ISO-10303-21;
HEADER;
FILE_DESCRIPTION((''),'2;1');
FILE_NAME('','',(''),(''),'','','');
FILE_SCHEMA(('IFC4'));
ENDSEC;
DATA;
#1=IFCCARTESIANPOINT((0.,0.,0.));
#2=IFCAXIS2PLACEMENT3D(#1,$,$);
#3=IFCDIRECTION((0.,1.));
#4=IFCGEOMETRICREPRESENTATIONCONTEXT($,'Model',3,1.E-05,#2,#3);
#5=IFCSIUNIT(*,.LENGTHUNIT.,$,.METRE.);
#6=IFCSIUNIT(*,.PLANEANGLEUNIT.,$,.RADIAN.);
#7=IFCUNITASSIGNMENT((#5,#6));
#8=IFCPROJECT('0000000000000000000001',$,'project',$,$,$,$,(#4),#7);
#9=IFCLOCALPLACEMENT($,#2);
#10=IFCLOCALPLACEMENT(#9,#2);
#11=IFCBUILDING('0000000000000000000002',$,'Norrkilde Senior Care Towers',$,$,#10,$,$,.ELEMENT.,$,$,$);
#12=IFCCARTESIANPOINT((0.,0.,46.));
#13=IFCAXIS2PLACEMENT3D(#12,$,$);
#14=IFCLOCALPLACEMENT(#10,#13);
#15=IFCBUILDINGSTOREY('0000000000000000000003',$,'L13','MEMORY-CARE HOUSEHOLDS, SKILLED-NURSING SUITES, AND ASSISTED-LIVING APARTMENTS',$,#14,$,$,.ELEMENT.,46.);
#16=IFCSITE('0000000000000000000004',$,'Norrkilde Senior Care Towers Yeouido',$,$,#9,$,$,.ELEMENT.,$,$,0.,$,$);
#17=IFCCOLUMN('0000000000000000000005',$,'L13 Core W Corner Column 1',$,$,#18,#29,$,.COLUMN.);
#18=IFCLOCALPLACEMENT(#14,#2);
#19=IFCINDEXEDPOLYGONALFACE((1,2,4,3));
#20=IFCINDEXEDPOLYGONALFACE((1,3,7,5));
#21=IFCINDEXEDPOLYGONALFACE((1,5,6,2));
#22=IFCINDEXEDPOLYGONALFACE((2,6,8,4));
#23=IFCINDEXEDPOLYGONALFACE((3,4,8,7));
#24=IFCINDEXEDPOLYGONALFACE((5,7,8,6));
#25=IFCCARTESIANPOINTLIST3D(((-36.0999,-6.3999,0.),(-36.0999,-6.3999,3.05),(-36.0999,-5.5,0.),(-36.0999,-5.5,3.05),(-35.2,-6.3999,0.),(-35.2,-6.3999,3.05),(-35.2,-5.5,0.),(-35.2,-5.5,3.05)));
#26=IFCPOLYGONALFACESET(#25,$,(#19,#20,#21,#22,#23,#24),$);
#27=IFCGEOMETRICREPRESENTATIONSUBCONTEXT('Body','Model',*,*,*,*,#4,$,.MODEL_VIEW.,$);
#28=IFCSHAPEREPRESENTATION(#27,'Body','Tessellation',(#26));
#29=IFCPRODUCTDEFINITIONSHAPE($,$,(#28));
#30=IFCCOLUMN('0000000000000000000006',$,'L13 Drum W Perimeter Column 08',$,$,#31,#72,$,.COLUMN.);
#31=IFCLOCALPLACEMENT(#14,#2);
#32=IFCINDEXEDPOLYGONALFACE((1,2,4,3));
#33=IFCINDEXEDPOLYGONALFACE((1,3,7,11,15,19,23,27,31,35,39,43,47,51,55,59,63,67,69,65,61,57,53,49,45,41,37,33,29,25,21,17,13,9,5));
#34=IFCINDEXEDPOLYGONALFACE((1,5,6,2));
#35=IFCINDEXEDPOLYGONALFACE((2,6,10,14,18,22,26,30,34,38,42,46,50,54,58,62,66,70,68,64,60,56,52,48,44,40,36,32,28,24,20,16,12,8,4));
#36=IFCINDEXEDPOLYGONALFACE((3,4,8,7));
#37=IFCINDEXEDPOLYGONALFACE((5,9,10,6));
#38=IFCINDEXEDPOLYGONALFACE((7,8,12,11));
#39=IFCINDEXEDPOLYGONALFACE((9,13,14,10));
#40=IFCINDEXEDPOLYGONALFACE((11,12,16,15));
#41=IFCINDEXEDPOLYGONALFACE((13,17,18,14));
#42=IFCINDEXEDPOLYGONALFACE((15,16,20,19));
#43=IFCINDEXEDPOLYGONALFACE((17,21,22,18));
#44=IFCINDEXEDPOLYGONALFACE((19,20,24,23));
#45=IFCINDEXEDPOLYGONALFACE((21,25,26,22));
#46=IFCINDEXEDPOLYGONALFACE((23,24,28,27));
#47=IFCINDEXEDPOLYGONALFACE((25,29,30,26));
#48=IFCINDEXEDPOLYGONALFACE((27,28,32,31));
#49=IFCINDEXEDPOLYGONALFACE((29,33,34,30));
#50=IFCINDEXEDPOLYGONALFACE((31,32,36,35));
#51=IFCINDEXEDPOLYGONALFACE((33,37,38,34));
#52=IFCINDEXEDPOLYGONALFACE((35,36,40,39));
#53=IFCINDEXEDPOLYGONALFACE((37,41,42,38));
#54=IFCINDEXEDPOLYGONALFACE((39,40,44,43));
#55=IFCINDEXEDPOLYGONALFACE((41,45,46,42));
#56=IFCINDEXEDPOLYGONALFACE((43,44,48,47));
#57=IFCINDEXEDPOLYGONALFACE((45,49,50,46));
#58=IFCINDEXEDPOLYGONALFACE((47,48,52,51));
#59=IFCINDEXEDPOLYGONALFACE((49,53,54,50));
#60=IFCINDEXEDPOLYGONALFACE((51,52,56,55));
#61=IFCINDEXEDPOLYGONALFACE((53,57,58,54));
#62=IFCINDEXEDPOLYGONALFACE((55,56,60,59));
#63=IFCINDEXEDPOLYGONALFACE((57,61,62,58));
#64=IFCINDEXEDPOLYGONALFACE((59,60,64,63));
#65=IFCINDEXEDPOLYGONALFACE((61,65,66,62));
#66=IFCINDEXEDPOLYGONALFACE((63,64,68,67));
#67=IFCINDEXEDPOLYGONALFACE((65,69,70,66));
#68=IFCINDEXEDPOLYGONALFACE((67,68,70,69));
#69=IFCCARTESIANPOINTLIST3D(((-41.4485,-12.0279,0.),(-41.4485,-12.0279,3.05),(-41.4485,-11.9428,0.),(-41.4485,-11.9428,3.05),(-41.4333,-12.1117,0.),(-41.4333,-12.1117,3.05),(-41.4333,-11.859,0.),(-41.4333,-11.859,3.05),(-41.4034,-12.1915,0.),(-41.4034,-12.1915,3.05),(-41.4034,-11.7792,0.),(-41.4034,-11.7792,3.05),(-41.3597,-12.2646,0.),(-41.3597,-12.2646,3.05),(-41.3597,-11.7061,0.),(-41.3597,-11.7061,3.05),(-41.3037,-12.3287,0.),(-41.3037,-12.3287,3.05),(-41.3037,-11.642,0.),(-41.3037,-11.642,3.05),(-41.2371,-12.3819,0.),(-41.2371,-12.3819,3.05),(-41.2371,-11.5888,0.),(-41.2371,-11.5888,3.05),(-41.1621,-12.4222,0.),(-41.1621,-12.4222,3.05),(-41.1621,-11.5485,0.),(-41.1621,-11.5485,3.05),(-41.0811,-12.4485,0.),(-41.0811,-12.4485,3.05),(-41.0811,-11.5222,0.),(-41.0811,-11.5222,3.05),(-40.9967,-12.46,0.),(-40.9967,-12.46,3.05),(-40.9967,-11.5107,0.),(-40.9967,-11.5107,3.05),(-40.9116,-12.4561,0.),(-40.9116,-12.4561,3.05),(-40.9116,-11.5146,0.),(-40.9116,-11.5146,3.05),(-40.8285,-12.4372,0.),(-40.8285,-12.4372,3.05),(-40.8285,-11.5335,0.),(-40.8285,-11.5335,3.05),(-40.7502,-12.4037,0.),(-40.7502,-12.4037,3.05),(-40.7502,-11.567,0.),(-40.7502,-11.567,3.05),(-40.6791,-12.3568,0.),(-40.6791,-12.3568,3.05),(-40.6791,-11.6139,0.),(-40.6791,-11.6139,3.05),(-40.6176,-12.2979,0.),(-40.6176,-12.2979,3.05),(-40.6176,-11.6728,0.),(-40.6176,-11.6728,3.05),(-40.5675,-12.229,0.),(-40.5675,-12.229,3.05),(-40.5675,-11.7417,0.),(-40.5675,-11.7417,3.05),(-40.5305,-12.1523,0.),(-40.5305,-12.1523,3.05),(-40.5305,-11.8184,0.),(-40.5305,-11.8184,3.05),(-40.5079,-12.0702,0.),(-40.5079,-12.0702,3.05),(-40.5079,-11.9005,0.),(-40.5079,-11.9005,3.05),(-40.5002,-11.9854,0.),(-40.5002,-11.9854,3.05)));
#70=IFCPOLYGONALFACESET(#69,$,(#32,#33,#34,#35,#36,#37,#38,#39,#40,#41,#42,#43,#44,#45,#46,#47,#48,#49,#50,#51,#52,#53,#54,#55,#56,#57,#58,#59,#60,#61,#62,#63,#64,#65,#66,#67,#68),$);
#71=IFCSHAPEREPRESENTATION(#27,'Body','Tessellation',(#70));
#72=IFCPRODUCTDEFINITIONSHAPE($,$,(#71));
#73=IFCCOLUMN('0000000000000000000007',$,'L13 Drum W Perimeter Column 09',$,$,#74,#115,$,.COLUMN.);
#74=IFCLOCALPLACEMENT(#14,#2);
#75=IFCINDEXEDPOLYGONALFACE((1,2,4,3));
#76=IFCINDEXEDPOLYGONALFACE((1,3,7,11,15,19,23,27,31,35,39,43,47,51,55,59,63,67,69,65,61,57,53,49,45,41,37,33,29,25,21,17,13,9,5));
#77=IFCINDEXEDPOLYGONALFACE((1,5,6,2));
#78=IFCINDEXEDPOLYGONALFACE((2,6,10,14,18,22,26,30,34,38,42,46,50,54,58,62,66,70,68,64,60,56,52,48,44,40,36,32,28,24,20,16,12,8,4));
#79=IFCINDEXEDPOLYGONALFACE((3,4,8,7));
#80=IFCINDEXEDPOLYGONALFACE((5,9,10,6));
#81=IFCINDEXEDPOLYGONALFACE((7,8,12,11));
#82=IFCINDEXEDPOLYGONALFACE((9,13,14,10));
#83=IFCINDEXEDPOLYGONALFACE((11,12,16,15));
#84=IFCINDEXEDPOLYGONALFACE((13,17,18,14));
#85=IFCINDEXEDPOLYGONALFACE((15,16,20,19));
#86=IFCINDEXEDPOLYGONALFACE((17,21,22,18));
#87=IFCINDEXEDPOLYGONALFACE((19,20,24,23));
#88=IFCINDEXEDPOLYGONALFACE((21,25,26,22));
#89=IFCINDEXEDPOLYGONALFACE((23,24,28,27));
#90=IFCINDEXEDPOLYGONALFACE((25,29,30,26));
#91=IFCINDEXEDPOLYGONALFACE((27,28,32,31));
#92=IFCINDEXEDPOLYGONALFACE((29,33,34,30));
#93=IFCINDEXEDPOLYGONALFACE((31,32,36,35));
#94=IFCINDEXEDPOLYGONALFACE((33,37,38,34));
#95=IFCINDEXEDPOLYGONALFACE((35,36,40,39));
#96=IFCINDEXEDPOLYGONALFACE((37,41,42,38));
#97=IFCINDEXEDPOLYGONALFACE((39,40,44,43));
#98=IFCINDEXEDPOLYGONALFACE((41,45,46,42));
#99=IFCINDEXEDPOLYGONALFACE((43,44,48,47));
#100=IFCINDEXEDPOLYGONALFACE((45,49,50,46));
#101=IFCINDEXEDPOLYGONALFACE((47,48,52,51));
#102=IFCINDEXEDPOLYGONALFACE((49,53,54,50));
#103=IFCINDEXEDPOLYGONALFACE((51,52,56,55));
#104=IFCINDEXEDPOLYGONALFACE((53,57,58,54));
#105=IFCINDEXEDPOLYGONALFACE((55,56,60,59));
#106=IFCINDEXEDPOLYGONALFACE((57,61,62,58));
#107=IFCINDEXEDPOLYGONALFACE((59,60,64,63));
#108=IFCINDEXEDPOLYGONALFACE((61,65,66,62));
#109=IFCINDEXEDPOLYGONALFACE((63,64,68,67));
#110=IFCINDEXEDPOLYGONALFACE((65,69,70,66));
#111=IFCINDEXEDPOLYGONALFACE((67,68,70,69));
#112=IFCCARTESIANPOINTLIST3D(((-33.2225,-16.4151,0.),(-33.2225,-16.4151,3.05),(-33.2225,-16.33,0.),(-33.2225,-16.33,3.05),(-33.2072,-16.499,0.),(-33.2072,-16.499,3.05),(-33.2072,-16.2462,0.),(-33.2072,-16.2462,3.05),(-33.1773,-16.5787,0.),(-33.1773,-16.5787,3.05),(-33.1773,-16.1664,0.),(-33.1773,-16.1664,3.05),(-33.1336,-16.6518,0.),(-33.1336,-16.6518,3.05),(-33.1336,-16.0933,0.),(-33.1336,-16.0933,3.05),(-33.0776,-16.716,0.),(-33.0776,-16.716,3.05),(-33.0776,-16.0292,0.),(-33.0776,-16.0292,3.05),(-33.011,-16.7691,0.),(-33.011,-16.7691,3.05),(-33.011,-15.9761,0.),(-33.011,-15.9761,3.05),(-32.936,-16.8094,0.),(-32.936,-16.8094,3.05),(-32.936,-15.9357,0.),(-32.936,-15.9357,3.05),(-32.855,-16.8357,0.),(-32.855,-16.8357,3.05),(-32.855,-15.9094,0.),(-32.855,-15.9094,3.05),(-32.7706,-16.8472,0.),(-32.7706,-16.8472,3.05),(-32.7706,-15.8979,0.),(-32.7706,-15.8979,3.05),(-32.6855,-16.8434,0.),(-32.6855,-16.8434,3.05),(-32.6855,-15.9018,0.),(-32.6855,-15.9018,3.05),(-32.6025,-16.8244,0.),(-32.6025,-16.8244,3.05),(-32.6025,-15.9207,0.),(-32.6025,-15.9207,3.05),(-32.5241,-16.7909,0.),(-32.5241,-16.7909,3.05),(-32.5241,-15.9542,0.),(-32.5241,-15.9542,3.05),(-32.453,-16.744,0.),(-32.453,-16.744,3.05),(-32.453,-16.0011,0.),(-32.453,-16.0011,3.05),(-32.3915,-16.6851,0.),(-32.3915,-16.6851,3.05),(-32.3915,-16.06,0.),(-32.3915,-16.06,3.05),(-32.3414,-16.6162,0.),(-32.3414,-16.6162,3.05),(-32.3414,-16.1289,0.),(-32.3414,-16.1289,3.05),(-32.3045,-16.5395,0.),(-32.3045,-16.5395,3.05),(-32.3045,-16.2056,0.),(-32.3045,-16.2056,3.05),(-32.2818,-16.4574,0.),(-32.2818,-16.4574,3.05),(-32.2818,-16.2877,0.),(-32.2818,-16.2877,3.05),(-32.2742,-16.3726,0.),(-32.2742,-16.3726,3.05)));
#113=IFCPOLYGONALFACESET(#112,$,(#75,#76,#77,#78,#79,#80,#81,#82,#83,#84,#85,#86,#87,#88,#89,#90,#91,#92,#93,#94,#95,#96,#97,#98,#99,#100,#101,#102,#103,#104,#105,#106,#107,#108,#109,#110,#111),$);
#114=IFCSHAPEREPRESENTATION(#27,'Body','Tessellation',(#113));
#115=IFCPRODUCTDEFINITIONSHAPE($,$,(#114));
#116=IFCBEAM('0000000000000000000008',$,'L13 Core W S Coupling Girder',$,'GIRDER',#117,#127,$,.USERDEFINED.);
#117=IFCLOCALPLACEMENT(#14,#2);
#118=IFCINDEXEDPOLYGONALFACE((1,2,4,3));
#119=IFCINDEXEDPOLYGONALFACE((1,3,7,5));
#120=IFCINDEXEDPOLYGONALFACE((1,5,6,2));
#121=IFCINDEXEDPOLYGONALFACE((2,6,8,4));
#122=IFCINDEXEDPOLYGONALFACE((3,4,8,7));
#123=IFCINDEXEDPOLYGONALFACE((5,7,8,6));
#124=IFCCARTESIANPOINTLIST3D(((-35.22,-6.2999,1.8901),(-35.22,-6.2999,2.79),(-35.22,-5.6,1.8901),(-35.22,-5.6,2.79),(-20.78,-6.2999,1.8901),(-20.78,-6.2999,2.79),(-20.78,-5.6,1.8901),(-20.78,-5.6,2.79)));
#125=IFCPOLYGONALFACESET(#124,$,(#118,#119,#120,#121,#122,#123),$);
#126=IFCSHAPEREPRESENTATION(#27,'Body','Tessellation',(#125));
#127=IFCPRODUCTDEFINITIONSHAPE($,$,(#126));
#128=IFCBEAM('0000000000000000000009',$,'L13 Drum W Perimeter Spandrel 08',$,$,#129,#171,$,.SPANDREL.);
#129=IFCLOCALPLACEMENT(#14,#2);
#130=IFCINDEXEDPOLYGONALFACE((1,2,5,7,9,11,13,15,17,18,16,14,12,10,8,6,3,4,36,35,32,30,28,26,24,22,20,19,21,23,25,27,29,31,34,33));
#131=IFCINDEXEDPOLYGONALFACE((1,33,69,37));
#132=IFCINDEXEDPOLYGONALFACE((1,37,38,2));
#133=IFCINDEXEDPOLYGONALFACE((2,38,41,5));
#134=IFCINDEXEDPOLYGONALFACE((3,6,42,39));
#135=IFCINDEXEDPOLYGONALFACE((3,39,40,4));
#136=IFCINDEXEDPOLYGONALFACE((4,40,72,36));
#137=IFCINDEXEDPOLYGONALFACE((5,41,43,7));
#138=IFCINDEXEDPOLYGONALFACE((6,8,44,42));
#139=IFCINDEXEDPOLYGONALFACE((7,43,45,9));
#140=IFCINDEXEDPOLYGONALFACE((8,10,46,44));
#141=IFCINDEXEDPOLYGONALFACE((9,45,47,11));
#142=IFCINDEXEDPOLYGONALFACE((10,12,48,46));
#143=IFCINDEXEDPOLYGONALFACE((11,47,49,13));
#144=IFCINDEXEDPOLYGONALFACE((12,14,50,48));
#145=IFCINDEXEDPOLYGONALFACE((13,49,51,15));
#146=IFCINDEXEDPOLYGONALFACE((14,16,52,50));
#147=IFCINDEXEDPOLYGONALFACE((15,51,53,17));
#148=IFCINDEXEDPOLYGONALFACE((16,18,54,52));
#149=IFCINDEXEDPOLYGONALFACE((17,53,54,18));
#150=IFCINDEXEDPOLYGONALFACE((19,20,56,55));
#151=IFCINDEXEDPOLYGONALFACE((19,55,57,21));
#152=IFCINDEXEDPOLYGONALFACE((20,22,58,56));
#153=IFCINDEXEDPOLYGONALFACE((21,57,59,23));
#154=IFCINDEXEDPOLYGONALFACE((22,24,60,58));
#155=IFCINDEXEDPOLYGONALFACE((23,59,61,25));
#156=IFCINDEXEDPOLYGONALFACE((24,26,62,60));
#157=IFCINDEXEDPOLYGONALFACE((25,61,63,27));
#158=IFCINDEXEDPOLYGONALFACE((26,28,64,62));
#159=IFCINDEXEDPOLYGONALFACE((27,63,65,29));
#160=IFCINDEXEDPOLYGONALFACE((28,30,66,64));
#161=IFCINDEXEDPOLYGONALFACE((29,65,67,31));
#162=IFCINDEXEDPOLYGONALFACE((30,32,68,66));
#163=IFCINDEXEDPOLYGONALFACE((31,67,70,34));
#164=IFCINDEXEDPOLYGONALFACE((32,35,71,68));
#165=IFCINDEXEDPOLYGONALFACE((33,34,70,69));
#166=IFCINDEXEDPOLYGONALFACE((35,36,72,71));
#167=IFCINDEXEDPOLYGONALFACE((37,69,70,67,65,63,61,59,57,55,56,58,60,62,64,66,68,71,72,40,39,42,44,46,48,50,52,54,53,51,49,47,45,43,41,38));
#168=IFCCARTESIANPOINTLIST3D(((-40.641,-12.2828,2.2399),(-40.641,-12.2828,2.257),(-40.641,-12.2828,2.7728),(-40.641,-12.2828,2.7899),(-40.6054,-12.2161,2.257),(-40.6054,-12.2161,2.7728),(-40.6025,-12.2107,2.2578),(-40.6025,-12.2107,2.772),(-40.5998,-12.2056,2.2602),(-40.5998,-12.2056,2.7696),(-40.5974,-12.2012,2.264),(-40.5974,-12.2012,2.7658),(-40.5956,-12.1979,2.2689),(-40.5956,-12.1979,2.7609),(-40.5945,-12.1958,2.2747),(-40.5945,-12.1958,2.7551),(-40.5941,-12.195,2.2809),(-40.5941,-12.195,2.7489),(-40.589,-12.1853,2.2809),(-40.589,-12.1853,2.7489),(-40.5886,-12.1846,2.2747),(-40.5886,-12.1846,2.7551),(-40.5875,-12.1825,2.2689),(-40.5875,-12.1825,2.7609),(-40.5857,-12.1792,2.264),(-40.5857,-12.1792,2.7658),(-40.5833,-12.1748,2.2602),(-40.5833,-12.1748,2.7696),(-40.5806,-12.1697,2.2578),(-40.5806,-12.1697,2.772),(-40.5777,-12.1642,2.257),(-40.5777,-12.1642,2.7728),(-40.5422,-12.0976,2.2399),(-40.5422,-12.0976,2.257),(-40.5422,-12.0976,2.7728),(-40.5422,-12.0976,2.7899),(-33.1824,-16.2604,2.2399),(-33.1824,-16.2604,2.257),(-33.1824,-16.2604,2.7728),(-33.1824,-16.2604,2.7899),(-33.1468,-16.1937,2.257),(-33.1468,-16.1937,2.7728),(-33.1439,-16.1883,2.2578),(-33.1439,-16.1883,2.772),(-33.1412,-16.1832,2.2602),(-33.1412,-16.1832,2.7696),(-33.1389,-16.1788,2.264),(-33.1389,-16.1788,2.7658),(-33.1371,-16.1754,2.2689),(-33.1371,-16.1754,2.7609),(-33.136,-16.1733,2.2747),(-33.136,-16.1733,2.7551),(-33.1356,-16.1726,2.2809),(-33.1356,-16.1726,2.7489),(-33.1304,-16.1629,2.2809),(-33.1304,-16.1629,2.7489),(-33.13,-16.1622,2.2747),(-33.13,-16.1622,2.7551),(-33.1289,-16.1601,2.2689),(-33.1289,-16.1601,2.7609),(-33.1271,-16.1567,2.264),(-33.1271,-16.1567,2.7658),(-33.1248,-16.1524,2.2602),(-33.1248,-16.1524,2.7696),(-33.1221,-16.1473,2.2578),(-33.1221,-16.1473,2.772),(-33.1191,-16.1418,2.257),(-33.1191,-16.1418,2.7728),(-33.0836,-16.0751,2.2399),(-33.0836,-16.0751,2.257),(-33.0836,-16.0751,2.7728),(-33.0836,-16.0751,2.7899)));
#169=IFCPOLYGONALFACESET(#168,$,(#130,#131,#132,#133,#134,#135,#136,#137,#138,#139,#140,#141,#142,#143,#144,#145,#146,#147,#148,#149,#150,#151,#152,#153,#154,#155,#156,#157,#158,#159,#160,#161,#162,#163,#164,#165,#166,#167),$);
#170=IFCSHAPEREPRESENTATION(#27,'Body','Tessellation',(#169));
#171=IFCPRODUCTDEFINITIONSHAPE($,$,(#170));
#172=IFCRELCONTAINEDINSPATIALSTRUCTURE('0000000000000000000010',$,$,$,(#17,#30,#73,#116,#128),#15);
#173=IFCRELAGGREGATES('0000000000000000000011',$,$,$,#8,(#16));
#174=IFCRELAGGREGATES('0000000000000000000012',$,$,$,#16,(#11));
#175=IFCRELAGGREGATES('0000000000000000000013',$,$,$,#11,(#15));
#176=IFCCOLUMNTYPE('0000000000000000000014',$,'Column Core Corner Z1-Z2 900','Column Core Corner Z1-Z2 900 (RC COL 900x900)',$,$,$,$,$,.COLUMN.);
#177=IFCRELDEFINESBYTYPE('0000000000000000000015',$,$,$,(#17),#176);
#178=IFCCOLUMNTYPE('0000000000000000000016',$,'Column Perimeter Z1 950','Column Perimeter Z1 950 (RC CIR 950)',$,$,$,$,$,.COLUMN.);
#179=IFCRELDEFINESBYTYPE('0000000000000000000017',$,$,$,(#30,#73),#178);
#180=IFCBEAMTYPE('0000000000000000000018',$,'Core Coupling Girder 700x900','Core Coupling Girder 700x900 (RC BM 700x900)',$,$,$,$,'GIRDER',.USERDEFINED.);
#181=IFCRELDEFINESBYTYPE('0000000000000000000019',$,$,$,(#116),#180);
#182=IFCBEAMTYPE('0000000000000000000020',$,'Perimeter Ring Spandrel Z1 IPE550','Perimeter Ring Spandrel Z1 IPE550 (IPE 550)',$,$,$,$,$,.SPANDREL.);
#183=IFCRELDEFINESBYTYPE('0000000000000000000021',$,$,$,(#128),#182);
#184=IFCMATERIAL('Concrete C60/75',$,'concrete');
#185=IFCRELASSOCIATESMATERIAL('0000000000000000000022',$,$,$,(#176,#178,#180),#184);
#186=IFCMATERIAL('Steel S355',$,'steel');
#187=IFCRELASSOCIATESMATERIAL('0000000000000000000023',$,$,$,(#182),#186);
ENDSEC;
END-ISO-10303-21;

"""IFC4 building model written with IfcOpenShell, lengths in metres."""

from ifc_helpers import new_model, si_unit, direction, frame, origin, origin_2d, place, context, subcontext, project, spatial, rectangle, circle, i_section, extrude, source, transform, mapped, material, material_profile, profile_set, type_object, type_shapes, element, save


model = new_model("IFC4")

# Units and contexts
model_context = context("Model", 3, precision=1e-05, world=origin(), true_north=direction((0.0, 1.0)))
body_context = subcontext(model_context, "Body", "Model", "MODEL_VIEW")
ifc_project = project(units=[si_unit("LENGTHUNIT", "METRE"), si_unit("PLANEANGLEUNIT", "RADIAN")], contexts=[model_context])

# Site, building, storey
site_placement = place(None, origin())
site = spatial("IfcSite", under=ifc_project, at=site_placement, Name="Norrkilde Senior Care Towers Yeouido", CompositionType="ELEMENT", RefElevation=0.0)
building_placement = place(site_placement, origin())
building = spatial("IfcBuilding", under=site, at=building_placement, Name="Norrkilde Senior Care Towers", CompositionType="ELEMENT")
storey_placement = place(building_placement, frame((0.0, 0.0, 46.0)))
storey = spatial("IfcBuildingStorey", under=building, at=storey_placement, Name="L13", Description="MEMORY-CARE HOUSEHOLDS, SKILLED-NURSING SUITES, AND ASSISTED-LIVING APARTMENTS", CompositionType="ELEMENT", Elevation=46.0)

# Columns
ifc_material_1 = material(Name="Concrete C60/75", Category="concrete")
ifc_material_profile_1 = material_profile(ifc_material_1, rectangle(XDim=0.8999, YDim=0.8999, at=origin_2d()), Name="RC COL 900x900")
ifc_profile_set_1 = profile_set([ifc_material_profile_1], Name="Concrete C60/75")
column_type_1 = type_object("IfcColumnType", Name="Column Core Corner Z1-Z2 900", Description="Column Core Corner Z1-Z2 900 (RC COL 900x900)", PredefinedType="COLUMN", material=ifc_profile_set_1)
shared_shape_1 = source(origin(), body_context, "Body", "SweptSolid", [
    extrude(rectangle(XDim=0.8999, YDim=0.8999, at=origin_2d()), origin(), (0.0, 0.0, 1.0), 3.05),
])
type_shapes(column_type_1, [shared_shape_1])
column_placement = place(storey_placement, frame((-35.6499, -5.95, 0.0), z_axis=(0.0, 0.0, 1.0), x_axis=(1.0, 0.0, 0.0)))
element("IfcColumn", 1, at=column_placement, inside=storey, type_object=column_type_1, Name="L13 Core W Corner Column 1", PredefinedType="COLUMN", context=body_context, shape_type="MappedRepresentation", body=[
    mapped(shared_shape_1, transform((0.0, 0.0, 0.0), x_axis=(1.0, 0.0, 0.0), y_axis=(0.0, 1.0, 0.0), z_axis=(0.0, 0.0, 1.0), scale=1.0)),
])
ifc_material_profile_2 = material_profile(ifc_material_1, circle(Radius=0.4751, at=origin_2d()), Name="RC CIR 950")
ifc_profile_set_2 = profile_set([ifc_material_profile_2], Name="Concrete C60/75")
column_type_2 = type_object("IfcColumnType", Name="Column Perimeter Z1 950", Description="Column Perimeter Z1 950 (RC CIR 950)", PredefinedType="COLUMN", material=ifc_profile_set_2)
shared_shape_2 = source(origin(), body_context, "Body", "SweptSolid", [
    extrude(circle(Radius=0.4751, at=origin_2d()), origin(), (0.0, 0.0, 1.0), 3.05),
])
type_shapes(column_type_2, [shared_shape_2])
for number, where, z_axis, x_axis, name in (
    (2, (-40.9753, -11.9854, 0.0), (0.0, 0.0, 1.0), (1.0, 0.0, 0.0), "L13 Drum W Perimeter Column 08"),
    (3, (-32.7493, -16.3726, 0.0), (0.0, 0.0, 1.0), (1.0, 0.0, 0.0), "L13 Drum W Perimeter Column 09"),
):
    element("IfcColumn", number, at=place(storey_placement, frame(where, z_axis=z_axis, x_axis=x_axis)), inside=storey, type_object=column_type_2, Name=name, PredefinedType="COLUMN", context=body_context, shape_type="MappedRepresentation", body=[
        mapped(shared_shape_2, transform((0.0, 0.0, 0.0), x_axis=(1.0, 0.0, 0.0), y_axis=(0.0, 1.0, 0.0), z_axis=(0.0, 0.0, 1.0), scale=1.0)),
    ])

# Beams
ifc_material_profile_3 = material_profile(ifc_material_1, rectangle(XDim=0.7, YDim=0.8999, at=origin_2d()), Name="RC BM 700x900")
ifc_profile_set_3 = profile_set([ifc_material_profile_3], Name="Concrete C60/75")
beam_type_1 = type_object("IfcBeamType", Name="Core Coupling Girder 700x900", Description="Core Coupling Girder 700x900 (RC BM 700x900)", ElementType="GIRDER", PredefinedType="USERDEFINED", material=ifc_profile_set_3)
shared_shape_3 = source(origin(), body_context, "Body", "SweptSolid", [
    extrude(rectangle(XDim=0.7, YDim=0.8999, at=origin_2d()), origin(), (0.0, 0.0, 1.0), 14.4399),
])
type_shapes(beam_type_1, [shared_shape_3])
beam_1_placement = place(storey_placement, frame((-35.22, -5.95, 2.3401), z_axis=(1.0, 0.0, 0.0), x_axis=(0.0, 1.0, 0.0)))
element("IfcBeam", 4, at=beam_1_placement, inside=storey, type_object=beam_type_1, Name="L13 Core W S Coupling Girder", ObjectType="GIRDER", PredefinedType="USERDEFINED", context=body_context, shape_type="MappedRepresentation", body=[
    mapped(shared_shape_3, transform((0.0, 0.0, 0.0), x_axis=(1.0, 0.0, 0.0), y_axis=(0.0, 1.0, 0.0), z_axis=(0.0, 0.0, 1.0), scale=1.0)),
])
ifc_material_2 = material(Name="Steel S355", Category="steel")
ifc_material_profile_4 = material_profile(ifc_material_2, i_section(OverallWidth=0.21, OverallDepth=0.55, WebThickness=0.011, FlangeThickness=0.0171, FilletRadius=0.0239, at=origin_2d()), Name="IPE 550")
ifc_profile_set_4 = profile_set([ifc_material_profile_4], Name="Steel S355")
beam_type_2 = type_object("IfcBeamType", Name="Perimeter Ring Spandrel Z1 IPE550", Description="Perimeter Ring Spandrel Z1 IPE550 (IPE 550)", PredefinedType="SPANDREL", material=ifc_profile_set_4)
shared_shape_4 = source(origin(), body_context, "Body", "SweptSolid", [
    extrude(i_section(OverallWidth=0.21, OverallDepth=0.55, WebThickness=0.011, FlangeThickness=0.0171, FilletRadius=0.0239, at=origin_2d()), origin(), (0.0, 0.0, 1.0), 8.4529),
])
beam_2_placement = place(storey_placement, frame((-40.5916, -12.1902, 2.5149), z_axis=(0.882369, -0.470558, 0.0), x_axis=(0.470558, 0.882369, 0.0)))
element("IfcBeam", 5, at=beam_2_placement, inside=storey, type_object=beam_type_2, Name="L13 Drum W Perimeter Spandrel 08", PredefinedType="SPANDREL", context=body_context, shape_type="MappedRepresentation", body=[
    mapped(shared_shape_4, transform((0.0, 0.0, 0.0), x_axis=(1.0, 0.0, 0.0), y_axis=(0.0, 1.0, 0.0), z_axis=(0.0, 0.0, 1.0), scale=1.0)),
])

save(model, "model.ifc")
